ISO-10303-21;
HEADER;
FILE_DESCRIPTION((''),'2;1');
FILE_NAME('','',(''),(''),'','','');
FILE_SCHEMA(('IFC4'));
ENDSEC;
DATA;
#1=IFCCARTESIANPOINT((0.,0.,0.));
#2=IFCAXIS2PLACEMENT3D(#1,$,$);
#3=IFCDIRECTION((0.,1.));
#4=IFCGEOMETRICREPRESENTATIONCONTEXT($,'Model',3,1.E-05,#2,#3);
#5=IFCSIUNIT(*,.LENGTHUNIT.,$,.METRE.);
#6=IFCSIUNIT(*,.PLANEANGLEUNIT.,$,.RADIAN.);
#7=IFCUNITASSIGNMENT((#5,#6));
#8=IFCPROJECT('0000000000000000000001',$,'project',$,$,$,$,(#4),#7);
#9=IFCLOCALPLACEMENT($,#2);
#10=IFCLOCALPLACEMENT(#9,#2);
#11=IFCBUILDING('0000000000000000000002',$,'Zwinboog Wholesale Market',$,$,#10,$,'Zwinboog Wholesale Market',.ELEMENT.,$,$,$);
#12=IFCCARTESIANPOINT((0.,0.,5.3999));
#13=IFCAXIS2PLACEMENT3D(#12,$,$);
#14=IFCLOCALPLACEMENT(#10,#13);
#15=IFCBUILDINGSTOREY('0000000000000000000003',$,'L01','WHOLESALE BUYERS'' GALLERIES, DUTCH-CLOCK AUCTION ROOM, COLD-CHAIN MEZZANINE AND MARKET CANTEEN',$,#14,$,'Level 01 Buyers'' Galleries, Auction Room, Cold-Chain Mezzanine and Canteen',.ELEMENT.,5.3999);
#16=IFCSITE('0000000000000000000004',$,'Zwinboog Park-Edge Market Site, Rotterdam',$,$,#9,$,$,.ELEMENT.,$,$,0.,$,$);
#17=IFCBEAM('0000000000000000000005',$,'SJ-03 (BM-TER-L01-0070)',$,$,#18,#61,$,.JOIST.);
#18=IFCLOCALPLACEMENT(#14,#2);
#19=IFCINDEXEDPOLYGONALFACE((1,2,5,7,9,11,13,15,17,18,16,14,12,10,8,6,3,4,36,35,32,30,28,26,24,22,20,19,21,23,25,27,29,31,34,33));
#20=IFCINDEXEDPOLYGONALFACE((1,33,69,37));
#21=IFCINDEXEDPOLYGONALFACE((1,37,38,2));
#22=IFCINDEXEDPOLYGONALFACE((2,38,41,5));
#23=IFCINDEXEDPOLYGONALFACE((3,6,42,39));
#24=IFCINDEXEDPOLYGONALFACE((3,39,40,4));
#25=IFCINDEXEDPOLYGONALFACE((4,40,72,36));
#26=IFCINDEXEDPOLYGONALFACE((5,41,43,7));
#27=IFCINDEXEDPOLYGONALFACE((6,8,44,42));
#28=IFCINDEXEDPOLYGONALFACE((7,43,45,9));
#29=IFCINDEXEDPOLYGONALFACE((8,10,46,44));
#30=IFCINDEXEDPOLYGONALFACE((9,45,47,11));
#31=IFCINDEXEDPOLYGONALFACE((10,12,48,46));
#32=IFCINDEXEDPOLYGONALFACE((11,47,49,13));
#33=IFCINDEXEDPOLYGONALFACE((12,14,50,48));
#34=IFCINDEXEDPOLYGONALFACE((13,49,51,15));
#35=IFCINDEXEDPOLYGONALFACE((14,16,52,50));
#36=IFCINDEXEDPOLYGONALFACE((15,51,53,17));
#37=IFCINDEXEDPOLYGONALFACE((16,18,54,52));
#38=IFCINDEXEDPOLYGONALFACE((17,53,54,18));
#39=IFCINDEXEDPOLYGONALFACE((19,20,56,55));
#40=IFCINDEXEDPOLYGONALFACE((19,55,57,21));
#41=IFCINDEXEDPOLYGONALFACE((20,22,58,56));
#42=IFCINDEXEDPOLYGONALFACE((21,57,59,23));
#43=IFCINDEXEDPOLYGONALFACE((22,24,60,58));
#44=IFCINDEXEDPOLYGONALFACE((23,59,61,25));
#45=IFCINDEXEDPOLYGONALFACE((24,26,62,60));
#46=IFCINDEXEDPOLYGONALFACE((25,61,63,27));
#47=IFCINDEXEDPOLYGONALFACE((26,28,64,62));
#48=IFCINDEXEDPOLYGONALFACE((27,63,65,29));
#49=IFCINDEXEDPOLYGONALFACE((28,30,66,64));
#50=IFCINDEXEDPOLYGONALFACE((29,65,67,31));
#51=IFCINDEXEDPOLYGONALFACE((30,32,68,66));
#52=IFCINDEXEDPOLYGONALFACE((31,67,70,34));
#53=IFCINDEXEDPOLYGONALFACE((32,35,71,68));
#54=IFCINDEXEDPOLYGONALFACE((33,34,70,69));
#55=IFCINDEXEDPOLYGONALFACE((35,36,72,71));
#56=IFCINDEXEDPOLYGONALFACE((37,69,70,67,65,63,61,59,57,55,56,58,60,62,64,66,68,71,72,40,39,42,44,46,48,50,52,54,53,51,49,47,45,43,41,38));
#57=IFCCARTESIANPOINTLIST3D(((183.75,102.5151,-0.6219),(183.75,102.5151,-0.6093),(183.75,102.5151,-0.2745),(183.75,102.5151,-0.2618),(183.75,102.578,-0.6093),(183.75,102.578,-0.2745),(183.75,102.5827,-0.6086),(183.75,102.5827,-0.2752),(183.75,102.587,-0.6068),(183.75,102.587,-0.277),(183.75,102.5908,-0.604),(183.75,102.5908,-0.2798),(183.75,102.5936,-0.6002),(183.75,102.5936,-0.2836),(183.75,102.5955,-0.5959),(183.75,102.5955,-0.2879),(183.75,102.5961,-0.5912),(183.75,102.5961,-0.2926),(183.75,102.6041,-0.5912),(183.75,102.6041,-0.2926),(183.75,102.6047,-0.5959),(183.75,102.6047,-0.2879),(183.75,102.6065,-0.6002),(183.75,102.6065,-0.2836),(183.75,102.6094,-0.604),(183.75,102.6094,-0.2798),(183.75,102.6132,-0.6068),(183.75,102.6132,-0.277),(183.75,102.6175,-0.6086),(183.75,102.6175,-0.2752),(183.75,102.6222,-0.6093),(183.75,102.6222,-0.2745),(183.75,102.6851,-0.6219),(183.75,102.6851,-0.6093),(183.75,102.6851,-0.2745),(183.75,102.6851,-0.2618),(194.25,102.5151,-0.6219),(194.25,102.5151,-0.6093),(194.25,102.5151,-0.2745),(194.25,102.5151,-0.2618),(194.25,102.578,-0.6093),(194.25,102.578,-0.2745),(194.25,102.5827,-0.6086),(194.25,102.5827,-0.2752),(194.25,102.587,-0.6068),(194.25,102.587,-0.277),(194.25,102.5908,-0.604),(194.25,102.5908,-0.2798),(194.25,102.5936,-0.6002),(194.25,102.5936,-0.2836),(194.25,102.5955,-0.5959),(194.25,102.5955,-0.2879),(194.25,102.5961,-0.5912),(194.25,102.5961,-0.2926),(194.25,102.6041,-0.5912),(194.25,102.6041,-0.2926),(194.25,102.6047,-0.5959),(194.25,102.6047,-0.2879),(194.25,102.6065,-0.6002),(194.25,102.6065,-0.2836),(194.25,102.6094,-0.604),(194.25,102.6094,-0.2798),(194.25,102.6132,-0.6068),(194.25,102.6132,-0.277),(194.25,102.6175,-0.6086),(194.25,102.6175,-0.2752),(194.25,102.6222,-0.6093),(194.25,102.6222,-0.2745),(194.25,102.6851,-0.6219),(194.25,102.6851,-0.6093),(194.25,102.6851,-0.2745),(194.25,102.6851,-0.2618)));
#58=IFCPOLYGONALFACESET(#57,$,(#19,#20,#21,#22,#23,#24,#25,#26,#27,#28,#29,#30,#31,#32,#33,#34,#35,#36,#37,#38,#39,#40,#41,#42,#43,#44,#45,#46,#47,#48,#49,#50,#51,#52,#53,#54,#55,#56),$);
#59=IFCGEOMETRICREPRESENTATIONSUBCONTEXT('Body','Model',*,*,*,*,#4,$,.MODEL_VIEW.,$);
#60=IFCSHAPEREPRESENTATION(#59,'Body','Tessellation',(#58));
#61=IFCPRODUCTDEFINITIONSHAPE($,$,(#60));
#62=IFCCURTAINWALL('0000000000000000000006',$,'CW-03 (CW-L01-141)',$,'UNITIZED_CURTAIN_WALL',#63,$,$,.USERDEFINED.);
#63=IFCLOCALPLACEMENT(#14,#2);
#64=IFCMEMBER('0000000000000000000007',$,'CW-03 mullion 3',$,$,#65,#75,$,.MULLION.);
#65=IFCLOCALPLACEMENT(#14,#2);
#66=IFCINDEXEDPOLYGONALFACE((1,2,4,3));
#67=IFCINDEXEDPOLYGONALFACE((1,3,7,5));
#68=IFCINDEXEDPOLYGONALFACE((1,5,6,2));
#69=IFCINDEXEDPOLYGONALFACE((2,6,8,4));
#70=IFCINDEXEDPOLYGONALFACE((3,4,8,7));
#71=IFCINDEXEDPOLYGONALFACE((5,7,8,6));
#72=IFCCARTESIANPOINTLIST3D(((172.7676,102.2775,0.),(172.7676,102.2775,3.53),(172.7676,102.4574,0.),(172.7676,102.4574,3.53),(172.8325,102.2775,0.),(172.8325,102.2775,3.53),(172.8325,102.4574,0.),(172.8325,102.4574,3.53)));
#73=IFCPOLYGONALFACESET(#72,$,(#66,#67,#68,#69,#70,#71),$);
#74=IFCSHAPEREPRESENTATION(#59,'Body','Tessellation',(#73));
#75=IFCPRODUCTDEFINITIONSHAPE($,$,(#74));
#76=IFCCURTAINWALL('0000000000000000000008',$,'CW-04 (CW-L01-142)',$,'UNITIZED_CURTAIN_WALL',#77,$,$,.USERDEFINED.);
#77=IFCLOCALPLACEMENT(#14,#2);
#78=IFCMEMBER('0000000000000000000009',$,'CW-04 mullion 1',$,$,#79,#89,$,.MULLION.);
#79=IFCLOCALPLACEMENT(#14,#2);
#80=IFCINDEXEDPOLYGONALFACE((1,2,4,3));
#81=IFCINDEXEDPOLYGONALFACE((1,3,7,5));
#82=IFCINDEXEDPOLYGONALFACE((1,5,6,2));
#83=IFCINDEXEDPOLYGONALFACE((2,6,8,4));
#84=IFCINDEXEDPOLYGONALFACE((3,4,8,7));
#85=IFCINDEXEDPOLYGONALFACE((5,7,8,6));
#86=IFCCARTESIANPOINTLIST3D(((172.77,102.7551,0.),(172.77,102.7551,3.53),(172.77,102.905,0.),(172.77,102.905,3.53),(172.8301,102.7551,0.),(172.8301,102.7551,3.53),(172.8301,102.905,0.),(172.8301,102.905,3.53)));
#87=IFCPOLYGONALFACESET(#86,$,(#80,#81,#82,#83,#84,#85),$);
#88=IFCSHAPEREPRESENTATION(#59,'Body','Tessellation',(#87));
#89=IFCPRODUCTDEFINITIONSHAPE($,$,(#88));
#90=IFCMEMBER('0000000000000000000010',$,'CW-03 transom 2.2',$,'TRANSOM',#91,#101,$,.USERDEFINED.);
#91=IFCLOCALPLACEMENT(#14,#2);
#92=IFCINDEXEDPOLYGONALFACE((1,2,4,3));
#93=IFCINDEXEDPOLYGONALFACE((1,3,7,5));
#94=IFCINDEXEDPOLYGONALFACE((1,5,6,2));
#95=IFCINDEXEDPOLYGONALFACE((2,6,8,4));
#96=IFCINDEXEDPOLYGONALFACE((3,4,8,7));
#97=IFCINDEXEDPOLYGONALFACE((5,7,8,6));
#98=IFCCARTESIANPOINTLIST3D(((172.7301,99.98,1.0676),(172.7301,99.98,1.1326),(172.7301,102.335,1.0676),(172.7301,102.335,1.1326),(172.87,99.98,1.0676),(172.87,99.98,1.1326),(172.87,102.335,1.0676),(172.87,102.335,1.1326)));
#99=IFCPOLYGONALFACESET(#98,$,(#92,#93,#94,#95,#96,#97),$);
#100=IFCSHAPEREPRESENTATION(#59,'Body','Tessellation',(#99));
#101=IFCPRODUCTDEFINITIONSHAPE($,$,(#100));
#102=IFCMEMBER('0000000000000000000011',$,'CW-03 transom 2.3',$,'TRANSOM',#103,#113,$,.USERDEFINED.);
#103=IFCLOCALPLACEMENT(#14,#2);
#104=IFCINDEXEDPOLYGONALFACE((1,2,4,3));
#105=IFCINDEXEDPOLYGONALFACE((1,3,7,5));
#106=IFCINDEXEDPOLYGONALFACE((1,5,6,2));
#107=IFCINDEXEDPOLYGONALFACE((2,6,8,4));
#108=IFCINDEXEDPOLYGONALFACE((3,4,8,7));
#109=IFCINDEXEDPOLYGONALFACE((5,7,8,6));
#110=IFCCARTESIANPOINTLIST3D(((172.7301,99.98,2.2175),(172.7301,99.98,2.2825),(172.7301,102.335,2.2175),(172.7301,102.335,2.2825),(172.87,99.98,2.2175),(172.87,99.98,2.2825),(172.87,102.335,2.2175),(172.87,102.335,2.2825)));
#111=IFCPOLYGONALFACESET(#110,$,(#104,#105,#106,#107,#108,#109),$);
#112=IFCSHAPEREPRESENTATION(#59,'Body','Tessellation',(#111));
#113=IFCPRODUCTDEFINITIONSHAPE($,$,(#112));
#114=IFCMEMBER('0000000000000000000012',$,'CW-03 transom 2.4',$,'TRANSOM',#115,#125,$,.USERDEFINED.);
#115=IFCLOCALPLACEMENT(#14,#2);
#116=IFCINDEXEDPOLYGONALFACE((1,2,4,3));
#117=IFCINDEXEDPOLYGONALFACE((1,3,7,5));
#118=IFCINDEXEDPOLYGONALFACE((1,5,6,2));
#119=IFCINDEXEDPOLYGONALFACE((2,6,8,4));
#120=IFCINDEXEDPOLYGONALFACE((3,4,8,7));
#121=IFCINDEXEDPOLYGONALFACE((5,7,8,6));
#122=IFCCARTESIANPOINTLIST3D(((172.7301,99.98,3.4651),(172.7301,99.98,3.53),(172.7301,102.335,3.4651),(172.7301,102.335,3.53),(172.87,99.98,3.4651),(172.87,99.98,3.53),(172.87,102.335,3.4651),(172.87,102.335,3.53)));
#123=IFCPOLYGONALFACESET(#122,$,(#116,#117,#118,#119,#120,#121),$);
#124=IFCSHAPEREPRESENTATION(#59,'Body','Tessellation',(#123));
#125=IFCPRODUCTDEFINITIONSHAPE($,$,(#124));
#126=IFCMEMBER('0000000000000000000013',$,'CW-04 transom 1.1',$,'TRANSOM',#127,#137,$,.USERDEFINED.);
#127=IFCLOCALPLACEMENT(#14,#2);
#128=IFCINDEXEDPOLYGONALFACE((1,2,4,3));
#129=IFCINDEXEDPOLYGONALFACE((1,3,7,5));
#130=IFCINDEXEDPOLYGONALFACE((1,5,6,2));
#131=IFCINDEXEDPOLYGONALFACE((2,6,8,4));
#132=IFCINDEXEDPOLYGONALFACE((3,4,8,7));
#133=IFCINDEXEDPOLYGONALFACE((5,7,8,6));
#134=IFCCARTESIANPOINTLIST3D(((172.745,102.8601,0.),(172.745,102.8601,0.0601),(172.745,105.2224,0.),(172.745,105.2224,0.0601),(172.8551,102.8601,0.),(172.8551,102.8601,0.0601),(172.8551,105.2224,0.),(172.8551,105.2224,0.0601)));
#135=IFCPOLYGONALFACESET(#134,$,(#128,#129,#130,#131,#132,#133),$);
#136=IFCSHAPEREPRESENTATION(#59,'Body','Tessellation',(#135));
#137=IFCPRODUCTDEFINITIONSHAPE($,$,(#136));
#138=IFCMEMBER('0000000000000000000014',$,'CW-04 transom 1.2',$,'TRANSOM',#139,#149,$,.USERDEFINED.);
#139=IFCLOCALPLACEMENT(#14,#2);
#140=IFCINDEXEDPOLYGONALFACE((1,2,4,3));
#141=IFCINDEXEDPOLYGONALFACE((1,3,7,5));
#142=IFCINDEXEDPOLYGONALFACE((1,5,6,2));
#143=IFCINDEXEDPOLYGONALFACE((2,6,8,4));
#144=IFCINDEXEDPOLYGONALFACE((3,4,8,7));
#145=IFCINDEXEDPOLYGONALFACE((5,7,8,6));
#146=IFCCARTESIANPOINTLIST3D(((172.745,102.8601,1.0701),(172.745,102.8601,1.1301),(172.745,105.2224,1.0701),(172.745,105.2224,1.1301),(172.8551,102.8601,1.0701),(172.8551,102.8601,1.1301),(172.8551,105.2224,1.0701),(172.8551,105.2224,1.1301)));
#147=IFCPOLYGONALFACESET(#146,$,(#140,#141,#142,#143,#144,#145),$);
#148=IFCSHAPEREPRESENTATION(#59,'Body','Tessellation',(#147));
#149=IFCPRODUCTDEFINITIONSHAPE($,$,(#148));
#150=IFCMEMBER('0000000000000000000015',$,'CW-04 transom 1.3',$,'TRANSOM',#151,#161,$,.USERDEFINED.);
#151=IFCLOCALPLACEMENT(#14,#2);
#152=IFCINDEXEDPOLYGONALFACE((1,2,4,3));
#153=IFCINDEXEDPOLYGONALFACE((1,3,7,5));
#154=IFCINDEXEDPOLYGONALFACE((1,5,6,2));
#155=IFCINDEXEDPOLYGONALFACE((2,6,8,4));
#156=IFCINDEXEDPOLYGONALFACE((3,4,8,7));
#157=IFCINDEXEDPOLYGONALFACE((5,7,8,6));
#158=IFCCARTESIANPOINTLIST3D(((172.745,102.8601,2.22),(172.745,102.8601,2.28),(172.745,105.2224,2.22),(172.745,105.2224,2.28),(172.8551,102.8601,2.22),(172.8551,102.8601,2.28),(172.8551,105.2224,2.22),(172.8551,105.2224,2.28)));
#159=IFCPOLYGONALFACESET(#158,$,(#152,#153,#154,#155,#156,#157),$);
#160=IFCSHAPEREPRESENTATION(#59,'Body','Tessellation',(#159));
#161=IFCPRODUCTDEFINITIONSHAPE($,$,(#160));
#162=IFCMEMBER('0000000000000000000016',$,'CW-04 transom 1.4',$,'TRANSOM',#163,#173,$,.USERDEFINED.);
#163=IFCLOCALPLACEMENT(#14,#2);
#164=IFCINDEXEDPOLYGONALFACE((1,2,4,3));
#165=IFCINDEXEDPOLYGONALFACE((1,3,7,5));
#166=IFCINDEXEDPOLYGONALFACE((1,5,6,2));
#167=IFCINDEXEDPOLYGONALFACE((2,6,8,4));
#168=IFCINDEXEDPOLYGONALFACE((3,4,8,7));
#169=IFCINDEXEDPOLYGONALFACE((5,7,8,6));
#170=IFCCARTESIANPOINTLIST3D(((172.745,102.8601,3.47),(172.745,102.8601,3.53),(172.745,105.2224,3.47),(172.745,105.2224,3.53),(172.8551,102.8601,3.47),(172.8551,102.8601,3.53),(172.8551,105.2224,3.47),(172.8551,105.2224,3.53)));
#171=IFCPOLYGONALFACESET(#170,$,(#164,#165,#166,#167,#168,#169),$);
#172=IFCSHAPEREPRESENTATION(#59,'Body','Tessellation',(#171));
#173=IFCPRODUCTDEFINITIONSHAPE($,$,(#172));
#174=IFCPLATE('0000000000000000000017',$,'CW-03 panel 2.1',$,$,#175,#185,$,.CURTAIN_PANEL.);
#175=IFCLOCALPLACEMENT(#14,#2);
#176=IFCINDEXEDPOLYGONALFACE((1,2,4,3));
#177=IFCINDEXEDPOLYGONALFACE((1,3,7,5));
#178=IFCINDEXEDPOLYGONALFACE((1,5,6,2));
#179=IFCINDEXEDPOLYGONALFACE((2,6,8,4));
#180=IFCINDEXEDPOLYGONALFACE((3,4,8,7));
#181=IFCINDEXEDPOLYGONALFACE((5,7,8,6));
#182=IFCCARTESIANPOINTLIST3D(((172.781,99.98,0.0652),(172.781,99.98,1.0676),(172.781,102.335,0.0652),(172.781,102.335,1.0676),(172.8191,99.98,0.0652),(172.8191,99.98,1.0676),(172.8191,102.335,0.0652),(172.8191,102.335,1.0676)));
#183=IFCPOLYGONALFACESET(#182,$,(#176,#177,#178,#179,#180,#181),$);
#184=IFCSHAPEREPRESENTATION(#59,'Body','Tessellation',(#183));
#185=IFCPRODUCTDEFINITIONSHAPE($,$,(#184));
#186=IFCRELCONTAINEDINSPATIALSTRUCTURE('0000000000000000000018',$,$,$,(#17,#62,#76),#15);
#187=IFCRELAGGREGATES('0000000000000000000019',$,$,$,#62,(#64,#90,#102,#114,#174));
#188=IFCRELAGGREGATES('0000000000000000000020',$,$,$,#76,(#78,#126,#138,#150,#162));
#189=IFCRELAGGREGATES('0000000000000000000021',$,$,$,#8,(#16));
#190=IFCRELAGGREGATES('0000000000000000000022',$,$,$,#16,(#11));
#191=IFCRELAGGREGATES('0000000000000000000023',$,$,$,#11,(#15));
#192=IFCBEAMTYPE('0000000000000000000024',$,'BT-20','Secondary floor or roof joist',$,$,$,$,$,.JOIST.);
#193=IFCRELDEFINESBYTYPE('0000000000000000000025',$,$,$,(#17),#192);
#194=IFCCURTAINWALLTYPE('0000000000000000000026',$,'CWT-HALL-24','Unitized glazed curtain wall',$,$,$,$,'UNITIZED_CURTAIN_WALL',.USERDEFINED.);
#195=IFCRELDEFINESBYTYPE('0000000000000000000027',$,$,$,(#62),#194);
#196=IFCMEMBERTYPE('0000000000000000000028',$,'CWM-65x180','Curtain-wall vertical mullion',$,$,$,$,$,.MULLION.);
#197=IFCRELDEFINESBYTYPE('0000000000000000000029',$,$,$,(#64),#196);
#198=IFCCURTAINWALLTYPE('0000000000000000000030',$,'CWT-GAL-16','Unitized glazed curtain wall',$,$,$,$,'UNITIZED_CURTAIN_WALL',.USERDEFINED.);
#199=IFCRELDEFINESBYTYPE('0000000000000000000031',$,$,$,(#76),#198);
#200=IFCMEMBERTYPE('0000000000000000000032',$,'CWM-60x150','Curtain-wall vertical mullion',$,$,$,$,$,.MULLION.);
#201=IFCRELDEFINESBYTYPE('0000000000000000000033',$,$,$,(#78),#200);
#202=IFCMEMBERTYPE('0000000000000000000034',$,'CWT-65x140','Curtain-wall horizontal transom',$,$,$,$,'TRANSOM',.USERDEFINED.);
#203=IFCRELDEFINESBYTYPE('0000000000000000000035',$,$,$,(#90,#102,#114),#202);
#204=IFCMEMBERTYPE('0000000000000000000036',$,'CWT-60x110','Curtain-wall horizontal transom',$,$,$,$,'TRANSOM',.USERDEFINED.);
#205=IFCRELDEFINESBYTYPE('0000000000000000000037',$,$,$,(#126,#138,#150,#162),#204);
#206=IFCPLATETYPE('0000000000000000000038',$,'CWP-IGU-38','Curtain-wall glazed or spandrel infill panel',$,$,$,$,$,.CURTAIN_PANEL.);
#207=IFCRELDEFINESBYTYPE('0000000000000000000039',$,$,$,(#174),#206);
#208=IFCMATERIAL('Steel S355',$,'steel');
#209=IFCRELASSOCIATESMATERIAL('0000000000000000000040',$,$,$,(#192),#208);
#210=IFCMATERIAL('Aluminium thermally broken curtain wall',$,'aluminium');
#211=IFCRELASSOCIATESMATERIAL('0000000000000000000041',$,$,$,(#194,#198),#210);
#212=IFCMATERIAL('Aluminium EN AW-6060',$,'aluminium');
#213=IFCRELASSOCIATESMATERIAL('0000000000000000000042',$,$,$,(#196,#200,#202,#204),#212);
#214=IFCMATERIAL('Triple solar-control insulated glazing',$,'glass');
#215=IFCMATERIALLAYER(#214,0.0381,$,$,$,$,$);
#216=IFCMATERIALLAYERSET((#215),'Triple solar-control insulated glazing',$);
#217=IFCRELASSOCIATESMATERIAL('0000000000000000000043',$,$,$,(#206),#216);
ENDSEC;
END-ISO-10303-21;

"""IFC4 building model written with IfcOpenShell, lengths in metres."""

from ifc_helpers import new_model, si_unit, direction, frame, origin, origin_2d, place, context, subcontext, project, spatial, rectangle, i_section, extrude, material, layer, layer_set, material_profile, profile_set, type_object, element, aggregate, save


model = new_model("IFC4")

# Units and contexts
model_context = context("Model", 3, precision=1e-05, world=origin(), true_north=direction((0.0, 1.0)))
body_context = subcontext(model_context, "Body", "Model", "MODEL_VIEW")
ifc_project = project(units=[si_unit("LENGTHUNIT", "METRE"), si_unit("PLANEANGLEUNIT", "RADIAN")], contexts=[model_context])

# Site, building, storey
site_placement = place(None, origin())
site = spatial("IfcSite", under=ifc_project, at=site_placement, Name="Zwinboog Park-Edge Market Site, Rotterdam", CompositionType="ELEMENT", RefElevation=0.0)
building_placement = place(site_placement, origin())
building = spatial("IfcBuilding", under=site, at=building_placement, Name="Zwinboog Wholesale Market", LongName="Zwinboog Wholesale Market", CompositionType="ELEMENT")
storey_placement = place(building_placement, frame((0.0, 0.0, 5.3999)))
storey = spatial("IfcBuildingStorey", under=building, at=storey_placement, Name="L01", Description="WHOLESALE BUYERS' GALLERIES, DUTCH-CLOCK AUCTION ROOM, COLD-CHAIN MEZZANINE AND MARKET CANTEEN", LongName="Level 01 Buyers' Galleries, Auction Room, Cold-Chain Mezzanine and Canteen", CompositionType="ELEMENT", Elevation=5.3999)

# Beam
ifc_material_1 = material(Name="Steel S355", Category="steel")
ifc_material_profile_1 = material_profile(ifc_material_1, i_section(OverallWidth=0.1699, OverallDepth=0.3601, WebThickness=0.0081, FlangeThickness=0.0127, FilletRadius=0.0181, at=origin_2d()), Name="IPE 360")
ifc_profile_set_1 = profile_set([ifc_material_profile_1], Name="Steel S355")
beam_type_1 = type_object("IfcBeamType", Name="BT-20", Description="Secondary floor or roof joist", PredefinedType="JOIST", material=ifc_profile_set_1)
beam_1_placement = place(storey_placement, frame((183.75, 102.6001, -0.4419), z_axis=(1.0, 0.0, 0.0), x_axis=(0.0, 1.0, 0.0)))
element("IfcBeam", 1, at=beam_1_placement, inside=storey, type_object=beam_type_1, Name="SJ-03 (BM-TER-L01-0070)", PredefinedType="JOIST", context=body_context, shape_type="SweptSolid", body=[
    extrude(i_section(OverallWidth=0.1699, OverallDepth=0.3601, WebThickness=0.0081, FlangeThickness=0.0127, FilletRadius=0.0181, at=origin_2d()), origin(), (0.0, 0.0, 1.0), 10.5),
])

# Curtain walls, members
ifc_material_2 = material(Name="Aluminium thermally broken curtain wall", Category="aluminium")
curtain_wall_type_1 = type_object("IfcCurtainWallType", Name="CWT-HALL-24", Description="Unitized glazed curtain wall", ElementType="UNITIZED_CURTAIN_WALL", PredefinedType="USERDEFINED", material=ifc_material_2)
curtain_wall_1_placement = place(storey_placement, origin())
curtain_wall_1 = element("IfcCurtainWall", 2, at=curtain_wall_1_placement, inside=storey, type_object=curtain_wall_type_1, Name="CW-03 (CW-L01-141)", ObjectType="UNITIZED_CURTAIN_WALL", PredefinedType="USERDEFINED")
ifc_material_3 = material(Name="Aluminium EN AW-6060", Category="aluminium")
ifc_material_profile_2 = material_profile(ifc_material_3, rectangle(XDim=0.0649, YDim=0.1799, at=origin_2d()), Name="AL 65x180")
ifc_profile_set_2 = profile_set([ifc_material_profile_2], Name="Aluminium EN AW-6060")
member_type_1 = type_object("IfcMemberType", Name="CWM-65x180", Description="Curtain-wall vertical mullion", PredefinedType="MULLION", material=ifc_profile_set_2)
member_1_placement = place(storey_placement, frame((172.8, 102.3674, 0.0), z_axis=(0.0, 0.0, 1.0), x_axis=(-1.0, 0.0, 0.0)))
member_1 = element("IfcMember", 3, at=member_1_placement, type_object=member_type_1, Name="CW-03 mullion 3", PredefinedType="MULLION", context=body_context, shape_type="SweptSolid", body=[
    extrude(rectangle(XDim=0.0649, YDim=0.1799, at=origin_2d()), origin(), (0.0, 0.0, 1.0), 3.53),
])
curtain_wall_type_2 = type_object("IfcCurtainWallType", Name="CWT-GAL-16", Description="Unitized glazed curtain wall", ElementType="UNITIZED_CURTAIN_WALL", PredefinedType="USERDEFINED", material=ifc_material_2)
curtain_wall_2_placement = place(storey_placement, origin())
curtain_wall_2 = element("IfcCurtainWall", 4, at=curtain_wall_2_placement, inside=storey, type_object=curtain_wall_type_2, Name="CW-04 (CW-L01-142)", ObjectType="UNITIZED_CURTAIN_WALL", PredefinedType="USERDEFINED")
ifc_material_profile_3 = material_profile(ifc_material_3, rectangle(XDim=0.0601, YDim=0.1499, at=origin_2d()), Name="AL 60x150")
ifc_profile_set_3 = profile_set([ifc_material_profile_3], Name="Aluminium EN AW-6060")
member_type_2 = type_object("IfcMemberType", Name="CWM-60x150", Description="Curtain-wall vertical mullion", PredefinedType="MULLION", material=ifc_profile_set_3)
member_2_placement = place(storey_placement, frame((172.8, 102.8301, 0.0), z_axis=(0.0, 0.0, 1.0), x_axis=(-1.0, 0.0, 0.0)))
member_2 = element("IfcMember", 5, at=member_2_placement, type_object=member_type_2, Name="CW-04 mullion 1", PredefinedType="MULLION", context=body_context, shape_type="SweptSolid", body=[
    extrude(rectangle(XDim=0.0601, YDim=0.1499, at=origin_2d()), origin(), (0.0, 0.0, 1.0), 3.53),
])

# Members
ifc_material_profile_4 = material_profile(ifc_material_3, rectangle(XDim=0.1399, YDim=0.0649, at=origin_2d()), Name="AL 65x140")
ifc_profile_set_4 = profile_set([ifc_material_profile_4], Name="Aluminium EN AW-6060")
member_type_3 = type_object("IfcMemberType", Name="CWT-65x140", Description="Curtain-wall horizontal transom", ElementType="TRANSOM", PredefinedType="USERDEFINED", material=ifc_profile_set_4)
member_3_placement = place(storey_placement, frame((172.8, 99.98, 1.1001), z_axis=(0.0, 1.0, 0.0), x_axis=(-1.0, 0.0, 0.0)))
member_3 = element("IfcMember", 6, at=member_3_placement, type_object=member_type_3, Name="CW-03 transom 2.2", ObjectType="TRANSOM", PredefinedType="USERDEFINED", context=body_context, shape_type="SweptSolid", body=[
    extrude(rectangle(XDim=0.1399, YDim=0.0649, at=origin_2d()), origin(), (0.0, 0.0, 1.0), 2.355),
])
member_4_placement = place(storey_placement, frame((172.8, 99.98, 2.25), z_axis=(0.0, 1.0, 0.0), x_axis=(-1.0, 0.0, 0.0)))
member_4 = element("IfcMember", 7, at=member_4_placement, type_object=member_type_3, Name="CW-03 transom 2.3", ObjectType="TRANSOM", PredefinedType="USERDEFINED", context=body_context, shape_type="SweptSolid", body=[
    extrude(rectangle(XDim=0.1399, YDim=0.0649, at=origin_2d()), origin(), (0.0, 0.0, 1.0), 2.355),
])
member_5_placement = place(storey_placement, frame((172.8, 99.98, 3.4976), z_axis=(0.0, 1.0, 0.0), x_axis=(-1.0, 0.0, 0.0)))
member_5 = element("IfcMember", 8, at=member_5_placement, type_object=member_type_3, Name="CW-03 transom 2.4", ObjectType="TRANSOM", PredefinedType="USERDEFINED", context=body_context, shape_type="SweptSolid", body=[
    extrude(rectangle(XDim=0.1399, YDim=0.0649, at=origin_2d()), origin(), (0.0, 0.0, 1.0), 2.355),
])
ifc_material_profile_5 = material_profile(ifc_material_3, rectangle(XDim=0.1101, YDim=0.0601, at=origin_2d()), Name="AL 60x110")
ifc_profile_set_5 = profile_set([ifc_material_profile_5], Name="Aluminium EN AW-6060")
member_type_4 = type_object("IfcMemberType", Name="CWT-60x110", Description="Curtain-wall horizontal transom", ElementType="TRANSOM", PredefinedType="USERDEFINED", material=ifc_profile_set_5)
member_6_placement = place(storey_placement, frame((172.8, 102.8601, 0.03), z_axis=(0.0, 1.0, 0.0), x_axis=(-1.0, 0.0, 0.0)))
member_6 = element("IfcMember", 9, at=member_6_placement, type_object=member_type_4, Name="CW-04 transom 1.1", ObjectType="TRANSOM", PredefinedType="USERDEFINED", context=body_context, shape_type="SweptSolid", body=[
    extrude(rectangle(XDim=0.1101, YDim=0.0601, at=origin_2d()), origin(), (0.0, 0.0, 1.0), 2.3623),
])
member_7_placement = place(storey_placement, frame((172.8, 102.8601, 1.1001), z_axis=(0.0, 1.0, 0.0), x_axis=(-1.0, 0.0, 0.0)))
member_7 = element("IfcMember", 10, at=member_7_placement, type_object=member_type_4, Name="CW-04 transom 1.2", ObjectType="TRANSOM", PredefinedType="USERDEFINED", context=body_context, shape_type="SweptSolid", body=[
    extrude(rectangle(XDim=0.1101, YDim=0.0601, at=origin_2d()), origin(), (0.0, 0.0, 1.0), 2.3623),
])
member_8_placement = place(storey_placement, frame((172.8, 102.8601, 2.25), z_axis=(0.0, 1.0, 0.0), x_axis=(-1.0, 0.0, 0.0)))
member_8 = element("IfcMember", 11, at=member_8_placement, type_object=member_type_4, Name="CW-04 transom 1.3", ObjectType="TRANSOM", PredefinedType="USERDEFINED", context=body_context, shape_type="SweptSolid", body=[
    extrude(rectangle(XDim=0.1101, YDim=0.0601, at=origin_2d()), origin(), (0.0, 0.0, 1.0), 2.3623),
])
member_9_placement = place(storey_placement, frame((172.8, 102.8601, 3.5), z_axis=(0.0, 1.0, 0.0), x_axis=(-1.0, 0.0, 0.0)))
member_9 = element("IfcMember", 12, at=member_9_placement, type_object=member_type_4, Name="CW-04 transom 1.4", ObjectType="TRANSOM", PredefinedType="USERDEFINED", context=body_context, shape_type="SweptSolid", body=[
    extrude(rectangle(XDim=0.1101, YDim=0.0601, at=origin_2d()), origin(), (0.0, 0.0, 1.0), 2.3623),
])

# Plate
ifc_material_4 = material(Name="Triple solar-control insulated glazing", Category="glass")
ifc_layer_1 = layer(ifc_material_4, 0.0381)
ifc_layer_set_1 = layer_set([ifc_layer_1], Name="Triple solar-control insulated glazing")
plate_type = type_object("IfcPlateType", Name="CWP-IGU-38", Description="Curtain-wall glazed or spandrel infill panel", PredefinedType="CURTAIN_PANEL", material=ifc_layer_set_1)
plate_1_placement = place(storey_placement, frame((172.8, 101.1575, 0.0652), z_axis=(0.0, 0.0, 1.0), x_axis=(0.0, 1.0, 0.0)))
plate_1 = element("IfcPlate", 13, at=plate_1_placement, type_object=plate_type, Name="CW-03 panel 2.1", PredefinedType="CURTAIN_PANEL", context=body_context, shape_type="SweptSolid", body=[
    extrude(rectangle(XDim=2.355, YDim=0.0381, at=origin_2d()), origin(), (0.0, 0.0, 1.0), 1.0024),
])
aggregate(curtain_wall_1, [member_1, member_3, member_4, member_5, plate_1])
aggregate(curtain_wall_2, [member_2, member_6, member_7, member_8, member_9])

save(model, "model.ifc")
